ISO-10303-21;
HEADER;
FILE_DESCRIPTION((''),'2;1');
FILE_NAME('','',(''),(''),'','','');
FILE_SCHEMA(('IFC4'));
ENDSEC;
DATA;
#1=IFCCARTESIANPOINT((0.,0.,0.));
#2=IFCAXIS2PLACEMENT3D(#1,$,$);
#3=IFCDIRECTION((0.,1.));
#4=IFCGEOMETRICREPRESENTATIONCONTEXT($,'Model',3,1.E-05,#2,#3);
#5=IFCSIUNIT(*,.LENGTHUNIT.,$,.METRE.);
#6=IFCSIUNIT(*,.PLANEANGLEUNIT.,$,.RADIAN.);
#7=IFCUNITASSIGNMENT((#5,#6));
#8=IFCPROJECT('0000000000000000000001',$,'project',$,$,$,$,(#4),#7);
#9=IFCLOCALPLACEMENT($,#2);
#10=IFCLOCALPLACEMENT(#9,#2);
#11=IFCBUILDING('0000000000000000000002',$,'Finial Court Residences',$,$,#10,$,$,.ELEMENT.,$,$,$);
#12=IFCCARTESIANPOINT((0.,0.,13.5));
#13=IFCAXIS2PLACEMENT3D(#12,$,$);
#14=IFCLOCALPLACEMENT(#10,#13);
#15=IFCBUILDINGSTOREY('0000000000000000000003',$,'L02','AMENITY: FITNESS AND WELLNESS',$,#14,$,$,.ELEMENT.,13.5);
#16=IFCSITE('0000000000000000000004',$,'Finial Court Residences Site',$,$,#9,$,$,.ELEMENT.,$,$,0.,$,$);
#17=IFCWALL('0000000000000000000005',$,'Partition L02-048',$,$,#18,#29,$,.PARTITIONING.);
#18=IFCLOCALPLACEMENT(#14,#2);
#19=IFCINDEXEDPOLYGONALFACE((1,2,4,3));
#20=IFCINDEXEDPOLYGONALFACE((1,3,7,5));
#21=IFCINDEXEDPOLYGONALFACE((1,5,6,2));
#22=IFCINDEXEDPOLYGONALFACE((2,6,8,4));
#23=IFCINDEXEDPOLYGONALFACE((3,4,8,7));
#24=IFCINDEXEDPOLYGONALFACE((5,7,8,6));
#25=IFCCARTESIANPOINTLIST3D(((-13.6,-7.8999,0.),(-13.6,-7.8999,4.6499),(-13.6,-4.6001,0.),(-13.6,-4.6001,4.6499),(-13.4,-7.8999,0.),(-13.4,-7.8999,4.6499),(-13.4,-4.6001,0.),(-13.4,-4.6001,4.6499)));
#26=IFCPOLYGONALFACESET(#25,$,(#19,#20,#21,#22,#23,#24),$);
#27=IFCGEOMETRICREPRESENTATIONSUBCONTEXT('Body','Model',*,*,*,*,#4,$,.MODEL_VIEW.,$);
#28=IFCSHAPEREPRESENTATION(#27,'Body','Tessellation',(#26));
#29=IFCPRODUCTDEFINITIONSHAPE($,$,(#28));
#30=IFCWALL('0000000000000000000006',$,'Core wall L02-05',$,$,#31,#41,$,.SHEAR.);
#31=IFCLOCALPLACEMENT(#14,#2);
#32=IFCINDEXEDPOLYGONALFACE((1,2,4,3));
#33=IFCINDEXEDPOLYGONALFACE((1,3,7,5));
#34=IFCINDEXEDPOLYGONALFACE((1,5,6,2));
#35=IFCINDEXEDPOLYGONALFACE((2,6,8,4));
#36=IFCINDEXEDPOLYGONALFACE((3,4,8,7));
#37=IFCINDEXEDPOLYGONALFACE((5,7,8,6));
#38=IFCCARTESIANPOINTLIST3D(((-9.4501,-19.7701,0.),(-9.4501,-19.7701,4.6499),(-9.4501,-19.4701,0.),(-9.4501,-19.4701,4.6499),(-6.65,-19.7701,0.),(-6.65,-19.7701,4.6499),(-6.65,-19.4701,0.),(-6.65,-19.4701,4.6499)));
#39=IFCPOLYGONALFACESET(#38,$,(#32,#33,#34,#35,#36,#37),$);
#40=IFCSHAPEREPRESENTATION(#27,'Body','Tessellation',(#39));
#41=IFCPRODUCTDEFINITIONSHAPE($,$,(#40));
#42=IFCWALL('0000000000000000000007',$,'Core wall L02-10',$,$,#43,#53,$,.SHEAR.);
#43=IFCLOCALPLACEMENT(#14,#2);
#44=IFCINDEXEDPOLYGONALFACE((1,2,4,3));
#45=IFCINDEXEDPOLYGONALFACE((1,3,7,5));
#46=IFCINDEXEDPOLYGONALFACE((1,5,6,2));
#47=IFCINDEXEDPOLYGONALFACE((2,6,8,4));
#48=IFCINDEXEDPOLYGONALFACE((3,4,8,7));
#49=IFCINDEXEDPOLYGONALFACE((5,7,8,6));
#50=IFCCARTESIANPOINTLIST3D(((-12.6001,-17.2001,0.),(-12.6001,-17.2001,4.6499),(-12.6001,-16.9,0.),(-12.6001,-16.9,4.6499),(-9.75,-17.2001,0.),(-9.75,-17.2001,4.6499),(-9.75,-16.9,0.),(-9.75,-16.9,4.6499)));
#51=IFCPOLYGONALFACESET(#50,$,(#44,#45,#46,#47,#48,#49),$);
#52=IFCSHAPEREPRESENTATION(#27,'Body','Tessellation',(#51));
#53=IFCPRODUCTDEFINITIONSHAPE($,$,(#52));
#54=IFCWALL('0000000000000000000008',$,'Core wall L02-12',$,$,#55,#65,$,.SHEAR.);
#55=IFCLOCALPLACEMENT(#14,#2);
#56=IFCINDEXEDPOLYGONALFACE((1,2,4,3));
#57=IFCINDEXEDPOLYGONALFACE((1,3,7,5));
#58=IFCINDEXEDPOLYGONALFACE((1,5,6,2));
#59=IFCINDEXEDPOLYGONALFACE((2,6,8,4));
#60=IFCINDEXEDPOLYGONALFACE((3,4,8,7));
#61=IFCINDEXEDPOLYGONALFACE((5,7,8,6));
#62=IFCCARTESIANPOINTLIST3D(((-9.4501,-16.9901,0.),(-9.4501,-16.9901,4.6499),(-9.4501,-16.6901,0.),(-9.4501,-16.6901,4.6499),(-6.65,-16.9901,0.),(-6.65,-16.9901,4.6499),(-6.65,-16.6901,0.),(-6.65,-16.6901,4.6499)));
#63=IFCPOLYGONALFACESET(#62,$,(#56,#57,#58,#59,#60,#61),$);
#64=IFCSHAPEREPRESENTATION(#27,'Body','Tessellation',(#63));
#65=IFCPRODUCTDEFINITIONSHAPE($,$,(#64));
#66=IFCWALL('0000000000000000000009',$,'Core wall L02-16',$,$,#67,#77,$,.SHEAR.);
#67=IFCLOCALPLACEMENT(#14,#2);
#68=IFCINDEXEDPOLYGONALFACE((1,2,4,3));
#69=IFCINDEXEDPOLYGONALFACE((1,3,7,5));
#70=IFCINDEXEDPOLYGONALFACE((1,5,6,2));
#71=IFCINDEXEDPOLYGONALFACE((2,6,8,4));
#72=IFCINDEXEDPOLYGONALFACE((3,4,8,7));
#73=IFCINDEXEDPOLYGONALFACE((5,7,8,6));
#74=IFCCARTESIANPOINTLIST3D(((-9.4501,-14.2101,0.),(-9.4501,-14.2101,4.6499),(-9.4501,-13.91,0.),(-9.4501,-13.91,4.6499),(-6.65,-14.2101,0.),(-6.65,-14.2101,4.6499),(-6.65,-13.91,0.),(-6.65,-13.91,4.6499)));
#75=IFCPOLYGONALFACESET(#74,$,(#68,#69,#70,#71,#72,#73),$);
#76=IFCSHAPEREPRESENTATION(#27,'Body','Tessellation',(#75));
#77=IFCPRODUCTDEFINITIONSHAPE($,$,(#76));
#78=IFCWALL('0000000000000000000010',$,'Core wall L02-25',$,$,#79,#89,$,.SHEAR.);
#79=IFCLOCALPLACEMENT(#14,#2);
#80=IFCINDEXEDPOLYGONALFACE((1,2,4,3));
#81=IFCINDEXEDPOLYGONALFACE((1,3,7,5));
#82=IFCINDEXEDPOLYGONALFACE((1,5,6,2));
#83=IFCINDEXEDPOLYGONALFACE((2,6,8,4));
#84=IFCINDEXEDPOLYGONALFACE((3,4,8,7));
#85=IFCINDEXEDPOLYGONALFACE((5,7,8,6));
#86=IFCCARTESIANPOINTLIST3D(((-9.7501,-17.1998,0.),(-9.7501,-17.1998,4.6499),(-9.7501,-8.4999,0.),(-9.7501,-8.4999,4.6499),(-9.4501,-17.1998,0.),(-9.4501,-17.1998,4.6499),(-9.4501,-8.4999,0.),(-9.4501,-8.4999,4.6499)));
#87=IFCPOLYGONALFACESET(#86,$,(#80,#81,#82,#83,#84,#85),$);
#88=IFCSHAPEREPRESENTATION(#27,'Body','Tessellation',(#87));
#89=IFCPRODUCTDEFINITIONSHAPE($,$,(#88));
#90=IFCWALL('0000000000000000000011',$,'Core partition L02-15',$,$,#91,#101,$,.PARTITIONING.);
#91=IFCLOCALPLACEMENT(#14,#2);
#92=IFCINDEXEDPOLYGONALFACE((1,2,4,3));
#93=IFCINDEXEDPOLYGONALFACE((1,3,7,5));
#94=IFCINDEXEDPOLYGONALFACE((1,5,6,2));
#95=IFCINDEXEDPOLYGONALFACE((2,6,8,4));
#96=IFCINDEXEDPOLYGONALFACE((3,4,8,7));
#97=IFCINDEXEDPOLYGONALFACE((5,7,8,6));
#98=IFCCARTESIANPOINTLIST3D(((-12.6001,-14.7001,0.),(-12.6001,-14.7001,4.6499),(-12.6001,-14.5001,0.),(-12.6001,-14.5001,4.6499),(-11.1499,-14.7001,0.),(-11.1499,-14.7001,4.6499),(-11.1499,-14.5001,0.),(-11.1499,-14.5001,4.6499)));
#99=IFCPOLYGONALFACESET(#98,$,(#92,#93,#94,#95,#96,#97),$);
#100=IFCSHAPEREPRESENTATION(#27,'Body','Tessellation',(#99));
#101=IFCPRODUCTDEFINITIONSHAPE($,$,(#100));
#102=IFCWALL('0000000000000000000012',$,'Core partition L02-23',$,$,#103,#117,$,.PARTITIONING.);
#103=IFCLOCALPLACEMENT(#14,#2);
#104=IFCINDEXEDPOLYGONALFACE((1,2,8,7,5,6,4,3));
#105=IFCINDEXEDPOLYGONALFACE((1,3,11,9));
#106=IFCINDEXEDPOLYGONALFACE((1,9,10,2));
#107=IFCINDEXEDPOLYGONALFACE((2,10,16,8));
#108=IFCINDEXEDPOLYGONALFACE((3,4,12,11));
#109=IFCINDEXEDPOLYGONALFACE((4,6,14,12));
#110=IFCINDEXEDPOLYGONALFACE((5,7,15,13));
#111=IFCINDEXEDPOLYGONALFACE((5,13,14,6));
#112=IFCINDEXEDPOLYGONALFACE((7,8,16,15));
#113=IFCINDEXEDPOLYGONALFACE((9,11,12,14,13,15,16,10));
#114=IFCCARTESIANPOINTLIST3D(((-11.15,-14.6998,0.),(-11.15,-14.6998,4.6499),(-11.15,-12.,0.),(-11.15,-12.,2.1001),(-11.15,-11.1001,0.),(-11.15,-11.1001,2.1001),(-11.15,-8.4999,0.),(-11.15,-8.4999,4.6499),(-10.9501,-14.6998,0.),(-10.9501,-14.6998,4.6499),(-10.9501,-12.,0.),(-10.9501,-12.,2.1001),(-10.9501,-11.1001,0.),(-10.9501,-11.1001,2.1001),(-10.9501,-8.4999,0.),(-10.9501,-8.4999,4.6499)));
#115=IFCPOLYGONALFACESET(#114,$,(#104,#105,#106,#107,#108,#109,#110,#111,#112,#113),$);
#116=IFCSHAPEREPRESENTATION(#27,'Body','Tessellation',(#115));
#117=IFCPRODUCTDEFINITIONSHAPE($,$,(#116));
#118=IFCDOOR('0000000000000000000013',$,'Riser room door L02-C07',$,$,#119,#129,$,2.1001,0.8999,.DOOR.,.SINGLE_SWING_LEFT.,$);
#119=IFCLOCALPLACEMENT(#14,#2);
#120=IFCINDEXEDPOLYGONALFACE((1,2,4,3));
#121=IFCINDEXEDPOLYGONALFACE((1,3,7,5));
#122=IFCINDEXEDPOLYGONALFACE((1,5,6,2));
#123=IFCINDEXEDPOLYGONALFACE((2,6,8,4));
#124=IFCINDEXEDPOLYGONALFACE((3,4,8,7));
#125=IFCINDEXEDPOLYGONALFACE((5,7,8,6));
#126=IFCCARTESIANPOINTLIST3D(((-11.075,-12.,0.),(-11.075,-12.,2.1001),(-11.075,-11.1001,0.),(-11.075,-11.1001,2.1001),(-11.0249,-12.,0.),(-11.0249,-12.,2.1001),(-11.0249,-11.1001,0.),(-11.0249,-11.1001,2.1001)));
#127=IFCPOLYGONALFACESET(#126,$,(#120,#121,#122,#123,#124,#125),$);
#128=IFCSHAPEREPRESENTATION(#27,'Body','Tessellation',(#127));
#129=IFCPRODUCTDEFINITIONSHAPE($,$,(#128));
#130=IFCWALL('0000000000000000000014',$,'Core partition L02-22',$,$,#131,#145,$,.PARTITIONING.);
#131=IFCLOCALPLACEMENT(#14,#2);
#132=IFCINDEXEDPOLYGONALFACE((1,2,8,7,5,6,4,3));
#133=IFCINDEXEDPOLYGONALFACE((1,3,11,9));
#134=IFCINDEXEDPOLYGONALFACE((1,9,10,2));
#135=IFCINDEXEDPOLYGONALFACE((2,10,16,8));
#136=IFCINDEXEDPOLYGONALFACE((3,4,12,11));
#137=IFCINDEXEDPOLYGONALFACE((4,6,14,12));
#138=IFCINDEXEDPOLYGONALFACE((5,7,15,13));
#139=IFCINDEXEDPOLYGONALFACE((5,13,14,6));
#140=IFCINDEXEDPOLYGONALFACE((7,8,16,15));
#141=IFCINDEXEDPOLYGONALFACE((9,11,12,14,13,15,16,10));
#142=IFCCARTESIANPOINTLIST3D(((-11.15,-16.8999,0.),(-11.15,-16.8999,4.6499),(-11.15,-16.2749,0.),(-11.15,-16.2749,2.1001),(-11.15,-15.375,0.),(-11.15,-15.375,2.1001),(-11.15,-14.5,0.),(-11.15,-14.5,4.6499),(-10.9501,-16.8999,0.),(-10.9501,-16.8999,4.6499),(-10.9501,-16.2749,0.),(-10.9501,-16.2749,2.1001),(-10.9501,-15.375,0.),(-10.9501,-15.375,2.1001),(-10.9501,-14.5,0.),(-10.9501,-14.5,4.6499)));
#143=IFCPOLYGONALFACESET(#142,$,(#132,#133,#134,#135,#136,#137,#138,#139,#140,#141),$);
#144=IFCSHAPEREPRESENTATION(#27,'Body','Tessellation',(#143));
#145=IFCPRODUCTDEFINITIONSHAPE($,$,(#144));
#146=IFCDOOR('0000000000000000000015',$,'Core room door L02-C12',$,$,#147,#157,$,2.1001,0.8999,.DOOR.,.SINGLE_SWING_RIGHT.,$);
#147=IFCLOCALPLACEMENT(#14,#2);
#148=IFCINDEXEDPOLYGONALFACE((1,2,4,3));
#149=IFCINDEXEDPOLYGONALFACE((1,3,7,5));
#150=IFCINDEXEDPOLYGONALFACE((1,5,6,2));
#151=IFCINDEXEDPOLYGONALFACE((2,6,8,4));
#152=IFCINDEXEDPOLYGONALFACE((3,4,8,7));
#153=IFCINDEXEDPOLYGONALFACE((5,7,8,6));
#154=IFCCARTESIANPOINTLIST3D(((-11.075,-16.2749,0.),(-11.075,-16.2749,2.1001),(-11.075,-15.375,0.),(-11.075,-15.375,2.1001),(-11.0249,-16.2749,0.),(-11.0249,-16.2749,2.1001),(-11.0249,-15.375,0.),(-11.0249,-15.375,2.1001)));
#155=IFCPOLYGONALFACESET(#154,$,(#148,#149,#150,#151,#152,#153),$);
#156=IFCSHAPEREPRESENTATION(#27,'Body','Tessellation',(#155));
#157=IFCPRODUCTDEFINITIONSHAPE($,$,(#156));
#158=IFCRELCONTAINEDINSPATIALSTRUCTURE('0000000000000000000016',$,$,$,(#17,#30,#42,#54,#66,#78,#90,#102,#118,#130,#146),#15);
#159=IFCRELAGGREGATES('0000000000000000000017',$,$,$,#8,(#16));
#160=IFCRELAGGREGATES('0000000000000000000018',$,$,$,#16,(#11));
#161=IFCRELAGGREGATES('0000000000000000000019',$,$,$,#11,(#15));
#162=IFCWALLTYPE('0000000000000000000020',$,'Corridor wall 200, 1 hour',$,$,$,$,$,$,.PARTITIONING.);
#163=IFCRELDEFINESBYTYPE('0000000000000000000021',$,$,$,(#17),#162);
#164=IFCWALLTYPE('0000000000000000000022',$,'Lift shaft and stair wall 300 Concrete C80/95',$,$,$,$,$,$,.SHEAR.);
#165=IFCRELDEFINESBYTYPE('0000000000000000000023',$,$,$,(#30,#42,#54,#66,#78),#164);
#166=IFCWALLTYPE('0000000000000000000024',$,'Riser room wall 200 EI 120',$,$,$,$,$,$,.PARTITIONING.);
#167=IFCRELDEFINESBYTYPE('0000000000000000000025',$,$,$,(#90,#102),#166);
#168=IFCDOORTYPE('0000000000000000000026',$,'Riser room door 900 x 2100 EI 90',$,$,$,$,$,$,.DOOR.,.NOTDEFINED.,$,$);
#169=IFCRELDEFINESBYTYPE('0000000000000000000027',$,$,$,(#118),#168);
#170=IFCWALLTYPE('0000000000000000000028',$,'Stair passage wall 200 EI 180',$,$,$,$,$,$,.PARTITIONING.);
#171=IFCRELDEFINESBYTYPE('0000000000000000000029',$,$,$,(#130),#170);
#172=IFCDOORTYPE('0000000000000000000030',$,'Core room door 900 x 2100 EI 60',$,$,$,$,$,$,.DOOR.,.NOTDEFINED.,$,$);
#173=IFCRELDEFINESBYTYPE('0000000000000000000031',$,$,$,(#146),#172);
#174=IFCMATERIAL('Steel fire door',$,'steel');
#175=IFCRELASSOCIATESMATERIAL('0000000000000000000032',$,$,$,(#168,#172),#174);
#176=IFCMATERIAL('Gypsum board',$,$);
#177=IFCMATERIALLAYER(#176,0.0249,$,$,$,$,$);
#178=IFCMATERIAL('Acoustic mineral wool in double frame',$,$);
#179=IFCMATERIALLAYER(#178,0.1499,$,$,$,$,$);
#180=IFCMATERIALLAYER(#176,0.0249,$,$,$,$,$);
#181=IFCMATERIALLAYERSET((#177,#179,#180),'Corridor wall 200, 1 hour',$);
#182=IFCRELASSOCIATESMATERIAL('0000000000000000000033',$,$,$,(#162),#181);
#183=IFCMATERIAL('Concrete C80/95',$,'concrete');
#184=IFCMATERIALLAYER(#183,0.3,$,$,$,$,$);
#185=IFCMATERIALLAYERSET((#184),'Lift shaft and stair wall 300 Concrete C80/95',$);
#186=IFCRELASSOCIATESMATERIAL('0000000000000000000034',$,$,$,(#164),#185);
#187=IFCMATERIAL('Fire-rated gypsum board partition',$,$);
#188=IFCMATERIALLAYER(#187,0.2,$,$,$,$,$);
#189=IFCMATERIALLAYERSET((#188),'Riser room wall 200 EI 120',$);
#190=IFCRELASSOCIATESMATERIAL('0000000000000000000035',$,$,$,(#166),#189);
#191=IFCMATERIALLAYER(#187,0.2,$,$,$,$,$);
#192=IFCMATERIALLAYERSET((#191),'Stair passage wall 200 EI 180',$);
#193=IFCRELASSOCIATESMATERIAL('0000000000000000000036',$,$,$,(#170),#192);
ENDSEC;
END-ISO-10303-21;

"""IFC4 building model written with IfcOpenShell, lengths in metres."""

from ifc_helpers import new_model, si_unit, direction, frame, frame_2d, origin, place, context, subcontext, project, spatial, rectangle, extrude, material, layer, layer_set, type_object, element, fill, save


model = new_model("IFC4")

# Units and contexts
model_context = context("Model", 3, precision=1e-05, world=origin(), true_north=direction((0.0, 1.0)))
body_context = subcontext(model_context, "Body", "Model", "MODEL_VIEW")
ifc_project = project(units=[si_unit("LENGTHUNIT", "METRE"), si_unit("PLANEANGLEUNIT", "RADIAN")], contexts=[model_context])

# Site, building, storey
site_placement = place(None, origin())
site = spatial("IfcSite", under=ifc_project, at=site_placement, Name="Finial Court Residences Site", CompositionType="ELEMENT", RefElevation=0.0)
building_placement = place(site_placement, origin())
building = spatial("IfcBuilding", under=site, at=building_placement, Name="Finial Court Residences", CompositionType="ELEMENT")
storey_placement = place(building_placement, frame((0.0, 0.0, 13.5)))
storey = spatial("IfcBuildingStorey", under=building, at=storey_placement, Name="L02", Description="AMENITY: FITNESS AND WELLNESS", CompositionType="ELEMENT", Elevation=13.5)

# Shared definitions
ifc_material_1 = material(Name="Concrete C80/95", Category="concrete")

# Shared definitions
ifc_material_2 = material(Name="Steel fire door", Category="steel")
door_type_1 = type_object("IfcDoorType", Name="Riser room door 900 x 2100 EI 90", OperationType="NOTDEFINED", PredefinedType="DOOR", material=ifc_material_2)

# Walls
ifc_material_3 = material(Name="Gypsum board")
ifc_layer_1 = layer(ifc_material_3, 0.0249)
ifc_material_4 = material(Name="Acoustic mineral wool in double frame")
ifc_layer_2 = layer(ifc_material_4, 0.1499)
ifc_layer_3 = layer(ifc_material_3, 0.0249)
ifc_layer_set_1 = layer_set([ifc_layer_1, ifc_layer_2, ifc_layer_3], Name="Corridor wall 200, 1 hour")
wall_type_1 = type_object("IfcWallType", Name="Corridor wall 200, 1 hour", PredefinedType="PARTITIONING", material=ifc_layer_set_1)
wall_1_placement = place(storey_placement, frame((-13.5, -7.8999, 0.0), z_axis=(0.0, 0.0, 1.0), x_axis=(0.0, 1.0, 0.0)))
element("IfcWall", 1, at=wall_1_placement, inside=storey, type_object=wall_type_1, Name="Partition L02-048", PredefinedType="PARTITIONING", context=body_context, shape_type="SweptSolid", body=[
    extrude(rectangle(XDim=3.2998, YDim=0.2, at=frame_2d((1.6499, 0.0))), origin(), (0.0, 0.0, 1.0), 4.6499),
])
ifc_layer_4 = layer(ifc_material_1, 0.3)
ifc_layer_set_2 = layer_set([ifc_layer_4], Name="Lift shaft and stair wall 300 Concrete C80/95")
wall_type_2 = type_object("IfcWallType", Name="Lift shaft and stair wall 300 Concrete C80/95", PredefinedType="SHEAR", material=ifc_layer_set_2)
wall_2_placement = place(storey_placement, frame((-9.45, -19.6201, 0.0), z_axis=(0.0, 0.0, 1.0), x_axis=(1.0, 0.0, 0.0)))
element("IfcWall", 2, at=wall_2_placement, inside=storey, type_object=wall_type_2, Name="Core wall L02-05", PredefinedType="SHEAR", context=body_context, shape_type="SweptSolid", body=[
    extrude(rectangle(XDim=2.8, YDim=0.3, at=frame_2d((1.3999, 0.0))), origin(), (0.0, 0.0, 1.0), 4.6499),
])
wall_3_placement = place(storey_placement, frame((-12.6001, -17.05, 0.0), z_axis=(0.0, 0.0, 1.0), x_axis=(1.0, 0.0, 0.0)))
element("IfcWall", 3, at=wall_3_placement, inside=storey, type_object=wall_type_2, Name="Core wall L02-10", PredefinedType="SHEAR", context=body_context, shape_type="SweptSolid", body=[
    extrude(rectangle(XDim=2.8501, YDim=0.3, at=frame_2d((1.425, 0.0))), origin(), (0.0, 0.0, 1.0), 4.6499),
])
for number, where, z_axis, x_axis, name in (
    (4, (-9.45, -16.8401, 0.0), (0.0, 0.0, 1.0), (1.0, 0.0, 0.0), "Core wall L02-12"),
    (5, (-9.45, -14.0601, 0.0), (0.0, 0.0, 1.0), (1.0, 0.0, 0.0), "Core wall L02-16"),
):
    element("IfcWall", number, at=place(storey_placement, frame(where, z_axis=z_axis, x_axis=x_axis)), inside=storey, type_object=wall_type_2, Name=name, PredefinedType="SHEAR", context=body_context, shape_type="SweptSolid", body=[
        extrude(rectangle(XDim=2.8, YDim=0.3, at=frame_2d((1.3999, 0.0))), origin(), (0.0, 0.0, 1.0), 4.6499),
    ])
wall_4_placement = place(storey_placement, frame((-9.6001, -17.2, 0.0), z_axis=(0.0, 0.0, 1.0), x_axis=(0.0, 1.0, 0.0)))
element("IfcWall", 6, at=wall_4_placement, inside=storey, type_object=wall_type_2, Name="Core wall L02-25", PredefinedType="SHEAR", context=body_context, shape_type="SweptSolid", body=[
    extrude(rectangle(XDim=8.7, YDim=0.3, at=frame_2d((4.3501, 0.0))), origin(), (0.0, 0.0, 1.0), 4.6499),
])
ifc_material_5 = material(Name="Fire-rated gypsum board partition")
ifc_layer_5 = layer(ifc_material_5, 0.2)
ifc_layer_set_3 = layer_set([ifc_layer_5], Name="Riser room wall 200 EI 120")
wall_type_3 = type_object("IfcWallType", Name="Riser room wall 200 EI 120", PredefinedType="PARTITIONING", material=ifc_layer_set_3)
wall_5_placement = place(storey_placement, frame((-12.6001, -14.6001, 0.0), z_axis=(0.0, 0.0, 1.0), x_axis=(1.0, 0.0, 0.0)))
element("IfcWall", 7, at=wall_5_placement, inside=storey, type_object=wall_type_3, Name="Core partition L02-15", PredefinedType="PARTITIONING", context=body_context, shape_type="SweptSolid", body=[
    extrude(rectangle(XDim=1.4502, YDim=0.2, at=frame_2d((0.7251, 0.0))), origin(), (0.0, 0.0, 1.0), 4.6499),
])

# Walls, openings, doors
wall_6_placement = place(storey_placement, frame((-11.05, -14.7, 0.0), z_axis=(0.0, 0.0, 1.0), x_axis=(0.0, 1.0, 0.0)))
wall_6 = element("IfcWall", 8, at=wall_6_placement, inside=storey, type_object=wall_type_3, Name="Core partition L02-23", PredefinedType="PARTITIONING", context=body_context, shape_type="SweptSolid", body=[
    extrude(rectangle(XDim=6.2, YDim=0.2, at=frame_2d((3.1001, 0.0))), origin(), (0.0, 0.0, 1.0), 4.6499),
])
opening_1_placement = place(wall_6_placement, frame((2.7, 0.0, 0.0)))
opening_1 = element("IfcOpeningElement", 9, at=opening_1_placement, cuts=wall_6, PredefinedType="OPENING", context=body_context, shape_type="SweptSolid", body=[
    extrude(rectangle(XDim=0.8999, YDim=2.1001, at=frame_2d((0.45, 1.05))), frame((0.0, 0.1099, 0.0), z_axis=(0.0, -1.0, 0.0), x_axis=(1.0, 0.0, 0.0)), (0.0, 0.0, 1.0), 0.22),
])
door_1_placement = place(opening_1_placement, origin())
door_1 = element("IfcDoor", 10, at=door_1_placement, inside=storey, type_object=door_type_1, Name="Riser room door L02-C07", OperationType="SINGLE_SWING_LEFT", OverallHeight=2.1001, OverallWidth=0.8999, PredefinedType="DOOR", context=body_context, shape_type="SweptSolid", body=[
    extrude(rectangle(XDim=0.8999, YDim=2.1001, at=frame_2d((0.45, 1.05))), frame((0.0, 0.0249, 0.0), z_axis=(0.0, -1.0, 0.0), x_axis=(1.0, 0.0, 0.0)), (0.0, 0.0, 1.0), 0.05),
])
fill(opening_1, door_1)
ifc_layer_6 = layer(ifc_material_5, 0.2)
ifc_layer_set_4 = layer_set([ifc_layer_6], Name="Stair passage wall 200 EI 180")
wall_type_4 = type_object("IfcWallType", Name="Stair passage wall 200 EI 180", PredefinedType="PARTITIONING", material=ifc_layer_set_4)
wall_7_placement = place(storey_placement, frame((-11.05, -16.8999, 0.0), z_axis=(0.0, 0.0, 1.0), x_axis=(0.0, 1.0, 0.0)))
wall_7 = element("IfcWall", 11, at=wall_7_placement, inside=storey, type_object=wall_type_4, Name="Core partition L02-22", PredefinedType="PARTITIONING", context=body_context, shape_type="SweptSolid", body=[
    extrude(rectangle(XDim=2.3999, YDim=0.2, at=frame_2d((1.2, 0.0))), origin(), (0.0, 0.0, 1.0), 4.6499),
])
opening_2_placement = place(wall_7_placement, frame((0.625, 0.0, 0.0)))
opening_2 = element("IfcOpeningElement", 12, at=opening_2_placement, cuts=wall_7, PredefinedType="OPENING", context=body_context, shape_type="SweptSolid", body=[
    extrude(rectangle(XDim=0.8999, YDim=2.1001, at=frame_2d((0.45, 1.05))), frame((0.0, 0.1099, 0.0), z_axis=(0.0, -1.0, 0.0), x_axis=(1.0, 0.0, 0.0)), (0.0, 0.0, 1.0), 0.22),
])
door_type_2 = type_object("IfcDoorType", Name="Core room door 900 x 2100 EI 60", OperationType="NOTDEFINED", PredefinedType="DOOR", material=ifc_material_2)
door_2_placement = place(opening_2_placement, origin())
door_2 = element("IfcDoor", 13, at=door_2_placement, inside=storey, type_object=door_type_2, Name="Core room door L02-C12", OperationType="SINGLE_SWING_RIGHT", OverallHeight=2.1001, OverallWidth=0.8999, PredefinedType="DOOR", context=body_context, shape_type="SweptSolid", body=[
    extrude(rectangle(XDim=0.8999, YDim=2.1001, at=frame_2d((0.45, 1.05))), frame((0.0, 0.0249, 0.0), z_axis=(0.0, -1.0, 0.0), x_axis=(1.0, 0.0, 0.0)), (0.0, 0.0, 1.0), 0.05),
])
fill(opening_2, door_2)

save(model, "model.ifc")
